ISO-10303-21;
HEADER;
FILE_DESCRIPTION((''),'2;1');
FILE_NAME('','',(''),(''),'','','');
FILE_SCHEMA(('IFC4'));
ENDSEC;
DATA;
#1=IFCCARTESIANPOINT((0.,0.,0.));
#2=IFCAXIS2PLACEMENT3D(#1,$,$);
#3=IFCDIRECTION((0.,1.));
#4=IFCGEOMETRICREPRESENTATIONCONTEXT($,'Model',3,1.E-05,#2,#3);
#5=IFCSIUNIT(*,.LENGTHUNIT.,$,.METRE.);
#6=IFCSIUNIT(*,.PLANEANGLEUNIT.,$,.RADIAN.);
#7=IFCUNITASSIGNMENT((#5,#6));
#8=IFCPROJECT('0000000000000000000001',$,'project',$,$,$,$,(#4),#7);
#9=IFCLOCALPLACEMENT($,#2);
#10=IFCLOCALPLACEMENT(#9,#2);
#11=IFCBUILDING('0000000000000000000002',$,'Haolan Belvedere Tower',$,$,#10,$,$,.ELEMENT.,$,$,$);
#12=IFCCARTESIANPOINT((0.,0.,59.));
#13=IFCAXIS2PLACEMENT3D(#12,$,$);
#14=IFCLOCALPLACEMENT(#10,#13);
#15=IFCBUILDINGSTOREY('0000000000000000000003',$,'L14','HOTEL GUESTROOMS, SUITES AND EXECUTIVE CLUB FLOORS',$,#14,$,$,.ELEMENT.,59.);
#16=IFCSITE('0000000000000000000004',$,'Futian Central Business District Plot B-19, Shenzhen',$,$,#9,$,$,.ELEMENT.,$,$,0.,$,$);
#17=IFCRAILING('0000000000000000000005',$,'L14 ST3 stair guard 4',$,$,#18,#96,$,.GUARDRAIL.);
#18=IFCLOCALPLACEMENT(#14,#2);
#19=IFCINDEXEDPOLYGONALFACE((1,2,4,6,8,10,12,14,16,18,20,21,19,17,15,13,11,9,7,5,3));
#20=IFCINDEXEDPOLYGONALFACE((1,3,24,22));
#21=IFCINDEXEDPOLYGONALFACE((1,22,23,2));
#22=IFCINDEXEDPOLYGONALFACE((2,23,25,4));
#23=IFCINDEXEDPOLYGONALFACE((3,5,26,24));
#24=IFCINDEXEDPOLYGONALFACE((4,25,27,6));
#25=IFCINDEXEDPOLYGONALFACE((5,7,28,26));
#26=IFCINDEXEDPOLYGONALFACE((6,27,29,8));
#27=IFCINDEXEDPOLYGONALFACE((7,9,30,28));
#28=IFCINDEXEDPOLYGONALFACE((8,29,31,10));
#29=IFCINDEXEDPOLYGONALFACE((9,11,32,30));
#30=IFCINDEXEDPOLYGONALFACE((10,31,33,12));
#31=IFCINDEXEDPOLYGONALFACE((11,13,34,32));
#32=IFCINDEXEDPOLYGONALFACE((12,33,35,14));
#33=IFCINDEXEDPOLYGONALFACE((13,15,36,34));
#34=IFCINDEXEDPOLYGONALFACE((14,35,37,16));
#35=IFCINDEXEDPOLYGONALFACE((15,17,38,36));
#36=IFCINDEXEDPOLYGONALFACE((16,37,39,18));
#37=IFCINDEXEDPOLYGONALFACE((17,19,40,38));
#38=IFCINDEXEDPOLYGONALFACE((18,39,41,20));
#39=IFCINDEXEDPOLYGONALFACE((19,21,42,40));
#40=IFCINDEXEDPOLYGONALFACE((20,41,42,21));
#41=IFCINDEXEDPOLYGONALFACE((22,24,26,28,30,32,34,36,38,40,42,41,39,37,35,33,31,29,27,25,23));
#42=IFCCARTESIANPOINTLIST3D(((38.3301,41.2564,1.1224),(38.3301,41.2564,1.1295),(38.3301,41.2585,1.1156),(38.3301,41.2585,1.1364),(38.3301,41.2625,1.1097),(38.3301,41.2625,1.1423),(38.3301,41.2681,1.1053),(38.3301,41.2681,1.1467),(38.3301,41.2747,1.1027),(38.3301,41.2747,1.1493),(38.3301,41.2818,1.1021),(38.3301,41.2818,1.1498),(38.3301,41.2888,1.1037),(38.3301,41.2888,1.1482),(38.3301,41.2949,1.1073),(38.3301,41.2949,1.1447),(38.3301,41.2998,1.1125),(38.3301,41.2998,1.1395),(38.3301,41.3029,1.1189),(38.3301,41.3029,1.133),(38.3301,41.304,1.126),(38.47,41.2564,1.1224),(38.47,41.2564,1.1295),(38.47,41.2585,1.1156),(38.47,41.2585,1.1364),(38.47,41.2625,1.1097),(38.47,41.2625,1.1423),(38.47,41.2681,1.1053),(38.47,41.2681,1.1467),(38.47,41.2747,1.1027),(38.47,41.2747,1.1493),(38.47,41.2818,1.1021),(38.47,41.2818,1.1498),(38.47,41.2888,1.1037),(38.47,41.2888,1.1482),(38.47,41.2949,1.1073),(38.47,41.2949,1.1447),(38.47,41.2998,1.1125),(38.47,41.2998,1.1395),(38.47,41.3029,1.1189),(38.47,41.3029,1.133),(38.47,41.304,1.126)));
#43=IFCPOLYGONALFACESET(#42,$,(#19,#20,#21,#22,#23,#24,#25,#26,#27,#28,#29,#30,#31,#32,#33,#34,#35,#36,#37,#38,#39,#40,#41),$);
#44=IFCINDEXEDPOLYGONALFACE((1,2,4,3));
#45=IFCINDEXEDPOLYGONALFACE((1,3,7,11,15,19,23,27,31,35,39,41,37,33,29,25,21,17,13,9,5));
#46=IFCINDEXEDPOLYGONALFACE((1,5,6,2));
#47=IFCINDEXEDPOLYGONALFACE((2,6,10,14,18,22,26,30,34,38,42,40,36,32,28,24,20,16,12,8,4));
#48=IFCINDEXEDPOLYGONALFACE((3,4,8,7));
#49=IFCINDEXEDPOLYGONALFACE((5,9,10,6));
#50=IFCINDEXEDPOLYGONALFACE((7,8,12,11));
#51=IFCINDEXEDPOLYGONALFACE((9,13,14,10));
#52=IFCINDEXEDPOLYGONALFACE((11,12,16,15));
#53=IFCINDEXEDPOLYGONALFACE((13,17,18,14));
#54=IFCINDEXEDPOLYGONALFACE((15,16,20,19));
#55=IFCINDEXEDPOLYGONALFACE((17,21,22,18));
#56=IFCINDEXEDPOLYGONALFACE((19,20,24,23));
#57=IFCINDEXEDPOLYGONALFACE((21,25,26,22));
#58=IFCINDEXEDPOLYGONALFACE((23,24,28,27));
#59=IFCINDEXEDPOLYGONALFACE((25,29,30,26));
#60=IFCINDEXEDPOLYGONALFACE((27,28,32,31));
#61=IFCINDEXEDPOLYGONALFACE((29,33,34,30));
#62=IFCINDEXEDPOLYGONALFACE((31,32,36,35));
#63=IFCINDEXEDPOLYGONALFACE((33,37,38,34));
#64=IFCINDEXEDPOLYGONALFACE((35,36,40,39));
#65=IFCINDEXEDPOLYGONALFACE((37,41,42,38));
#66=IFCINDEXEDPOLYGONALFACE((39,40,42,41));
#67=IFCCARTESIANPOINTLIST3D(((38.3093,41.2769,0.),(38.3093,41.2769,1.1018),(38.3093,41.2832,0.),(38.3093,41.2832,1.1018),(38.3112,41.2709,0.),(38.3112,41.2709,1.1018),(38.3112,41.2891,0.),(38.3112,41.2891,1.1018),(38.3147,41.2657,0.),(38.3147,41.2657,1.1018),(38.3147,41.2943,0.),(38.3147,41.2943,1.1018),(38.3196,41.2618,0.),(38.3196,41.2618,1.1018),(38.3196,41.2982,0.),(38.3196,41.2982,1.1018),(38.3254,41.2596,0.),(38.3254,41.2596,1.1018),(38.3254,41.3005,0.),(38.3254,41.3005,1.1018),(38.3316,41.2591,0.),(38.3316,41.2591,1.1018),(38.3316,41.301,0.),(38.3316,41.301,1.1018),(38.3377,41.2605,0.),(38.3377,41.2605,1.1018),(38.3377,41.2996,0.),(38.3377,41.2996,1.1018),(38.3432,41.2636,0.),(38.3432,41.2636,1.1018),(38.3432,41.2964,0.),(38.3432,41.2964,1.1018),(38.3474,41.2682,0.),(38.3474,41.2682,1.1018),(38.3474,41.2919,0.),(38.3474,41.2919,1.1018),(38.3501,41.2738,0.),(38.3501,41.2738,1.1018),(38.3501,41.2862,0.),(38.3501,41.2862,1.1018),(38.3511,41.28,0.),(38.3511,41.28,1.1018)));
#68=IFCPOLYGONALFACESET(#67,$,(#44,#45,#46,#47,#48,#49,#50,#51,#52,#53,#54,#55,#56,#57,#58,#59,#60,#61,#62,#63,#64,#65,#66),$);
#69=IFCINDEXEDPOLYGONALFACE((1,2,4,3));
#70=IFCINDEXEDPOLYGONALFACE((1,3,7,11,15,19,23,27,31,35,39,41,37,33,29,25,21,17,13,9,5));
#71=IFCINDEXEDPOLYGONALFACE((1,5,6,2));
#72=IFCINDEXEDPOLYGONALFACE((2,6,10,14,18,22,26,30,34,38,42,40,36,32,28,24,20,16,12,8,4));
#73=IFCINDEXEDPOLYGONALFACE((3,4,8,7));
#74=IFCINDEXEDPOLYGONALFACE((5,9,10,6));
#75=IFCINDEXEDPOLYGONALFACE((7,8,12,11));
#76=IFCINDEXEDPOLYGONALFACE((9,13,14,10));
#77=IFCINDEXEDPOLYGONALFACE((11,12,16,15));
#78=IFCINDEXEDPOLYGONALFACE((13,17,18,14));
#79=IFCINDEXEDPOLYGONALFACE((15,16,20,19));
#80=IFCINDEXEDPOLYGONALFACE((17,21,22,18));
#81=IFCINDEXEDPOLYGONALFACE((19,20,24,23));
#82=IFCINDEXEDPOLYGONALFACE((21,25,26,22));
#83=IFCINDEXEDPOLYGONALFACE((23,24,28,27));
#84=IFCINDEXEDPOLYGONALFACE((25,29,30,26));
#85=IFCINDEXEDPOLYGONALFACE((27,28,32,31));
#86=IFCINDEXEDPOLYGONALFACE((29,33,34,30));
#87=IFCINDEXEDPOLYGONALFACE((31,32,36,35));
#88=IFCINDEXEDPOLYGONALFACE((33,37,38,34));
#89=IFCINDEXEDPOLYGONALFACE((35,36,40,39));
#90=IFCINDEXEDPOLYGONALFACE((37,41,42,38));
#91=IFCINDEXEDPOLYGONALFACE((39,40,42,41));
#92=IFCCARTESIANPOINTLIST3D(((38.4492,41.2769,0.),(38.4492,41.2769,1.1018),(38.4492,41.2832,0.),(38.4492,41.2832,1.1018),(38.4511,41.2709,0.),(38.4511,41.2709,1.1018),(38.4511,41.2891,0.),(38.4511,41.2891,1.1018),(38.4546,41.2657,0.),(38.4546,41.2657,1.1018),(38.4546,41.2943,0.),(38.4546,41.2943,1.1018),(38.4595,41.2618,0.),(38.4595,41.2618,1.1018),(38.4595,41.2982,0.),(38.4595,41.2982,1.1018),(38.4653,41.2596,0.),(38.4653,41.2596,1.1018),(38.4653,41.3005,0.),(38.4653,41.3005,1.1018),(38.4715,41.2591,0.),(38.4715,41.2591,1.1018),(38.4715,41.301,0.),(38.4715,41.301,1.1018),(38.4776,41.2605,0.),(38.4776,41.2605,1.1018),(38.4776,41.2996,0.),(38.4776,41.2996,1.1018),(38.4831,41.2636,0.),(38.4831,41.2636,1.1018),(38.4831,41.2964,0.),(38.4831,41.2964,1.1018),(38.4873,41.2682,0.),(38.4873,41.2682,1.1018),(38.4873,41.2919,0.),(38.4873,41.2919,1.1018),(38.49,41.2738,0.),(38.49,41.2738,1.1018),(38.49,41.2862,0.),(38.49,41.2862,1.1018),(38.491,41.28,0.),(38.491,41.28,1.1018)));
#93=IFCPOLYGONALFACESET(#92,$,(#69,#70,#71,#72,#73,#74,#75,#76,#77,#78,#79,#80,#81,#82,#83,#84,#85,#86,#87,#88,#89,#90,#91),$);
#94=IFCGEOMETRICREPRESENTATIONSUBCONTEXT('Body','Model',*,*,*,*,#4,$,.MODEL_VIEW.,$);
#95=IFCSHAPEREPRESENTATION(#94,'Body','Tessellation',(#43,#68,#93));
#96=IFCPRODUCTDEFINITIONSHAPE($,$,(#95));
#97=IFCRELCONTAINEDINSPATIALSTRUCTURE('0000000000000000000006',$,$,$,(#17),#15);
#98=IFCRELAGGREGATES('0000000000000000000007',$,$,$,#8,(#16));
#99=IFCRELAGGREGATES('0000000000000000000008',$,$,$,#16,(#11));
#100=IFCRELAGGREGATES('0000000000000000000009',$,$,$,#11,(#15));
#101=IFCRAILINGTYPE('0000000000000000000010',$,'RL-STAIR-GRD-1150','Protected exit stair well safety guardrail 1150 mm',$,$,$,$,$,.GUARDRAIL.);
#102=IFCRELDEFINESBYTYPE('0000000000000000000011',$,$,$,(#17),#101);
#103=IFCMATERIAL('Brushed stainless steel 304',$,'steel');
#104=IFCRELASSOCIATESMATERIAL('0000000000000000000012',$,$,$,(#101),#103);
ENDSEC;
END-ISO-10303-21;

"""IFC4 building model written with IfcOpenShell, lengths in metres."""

from ifc_helpers import new_model, si_unit, direction, frame, origin, origin_2d, place, context, subcontext, project, spatial, circle, extrude, material, type_object, element, save


model = new_model("IFC4")

# Units and contexts
model_context = context("Model", 3, precision=1e-05, world=origin(), true_north=direction((0.0, 1.0)))
body_context = subcontext(model_context, "Body", "Model", "MODEL_VIEW")
ifc_project = project(units=[si_unit("LENGTHUNIT", "METRE"), si_unit("PLANEANGLEUNIT", "RADIAN")], contexts=[model_context])

# Site, building, storey
site_placement = place(None, origin())
site = spatial("IfcSite", under=ifc_project, at=site_placement, Name="Futian Central Business District Plot B-19, Shenzhen", CompositionType="ELEMENT", RefElevation=0.0)
building_placement = place(site_placement, origin())
building = spatial("IfcBuilding", under=site, at=building_placement, Name="Haolan Belvedere Tower", CompositionType="ELEMENT")
storey_placement = place(building_placement, frame((0.0, 0.0, 59.0)))
storey = spatial("IfcBuildingStorey", under=building, at=storey_placement, Name="L14", Description="HOTEL GUESTROOMS, SUITES AND EXECUTIVE CLUB FLOORS", CompositionType="ELEMENT", Elevation=59.0)

# Railing
ifc_material_1 = material(Name="Brushed stainless steel 304", Category="steel")
railing_type_1 = type_object("IfcRailingType", Name="RL-STAIR-GRD-1150", Description="Protected exit stair well safety guardrail 1150 mm", PredefinedType="GUARDRAIL", material=ifc_material_1)
railing_1_placement = place(storey_placement, frame((38.3301, 41.28, 0.0)))
element("IfcRailing", 1, at=railing_1_placement, inside=storey, type_object=railing_type_1, Name="L14 ST3 stair guard 4", PredefinedType="GUARDRAIL", context=body_context, shape_type="SweptSolid", body=[
    extrude(circle(Radius=0.0239, at=origin_2d()), frame((0.0, 0.0, 1.126), z_axis=(1.0, 0.0, 0.0), x_axis=(0.0, 1.0, 0.0)), (0.0, 0.0, 1.0), 0.1399),
    extrude(circle(Radius=0.021, at=origin_2d()), origin(), (0.0, 0.0, 1.0), 1.1018),
    extrude(circle(Radius=0.021, at=origin_2d()), frame((0.1399, 0.0, 0.0)), (0.0, 0.0, 1.0), 1.1018),
])

save(model, "model.ifc")
